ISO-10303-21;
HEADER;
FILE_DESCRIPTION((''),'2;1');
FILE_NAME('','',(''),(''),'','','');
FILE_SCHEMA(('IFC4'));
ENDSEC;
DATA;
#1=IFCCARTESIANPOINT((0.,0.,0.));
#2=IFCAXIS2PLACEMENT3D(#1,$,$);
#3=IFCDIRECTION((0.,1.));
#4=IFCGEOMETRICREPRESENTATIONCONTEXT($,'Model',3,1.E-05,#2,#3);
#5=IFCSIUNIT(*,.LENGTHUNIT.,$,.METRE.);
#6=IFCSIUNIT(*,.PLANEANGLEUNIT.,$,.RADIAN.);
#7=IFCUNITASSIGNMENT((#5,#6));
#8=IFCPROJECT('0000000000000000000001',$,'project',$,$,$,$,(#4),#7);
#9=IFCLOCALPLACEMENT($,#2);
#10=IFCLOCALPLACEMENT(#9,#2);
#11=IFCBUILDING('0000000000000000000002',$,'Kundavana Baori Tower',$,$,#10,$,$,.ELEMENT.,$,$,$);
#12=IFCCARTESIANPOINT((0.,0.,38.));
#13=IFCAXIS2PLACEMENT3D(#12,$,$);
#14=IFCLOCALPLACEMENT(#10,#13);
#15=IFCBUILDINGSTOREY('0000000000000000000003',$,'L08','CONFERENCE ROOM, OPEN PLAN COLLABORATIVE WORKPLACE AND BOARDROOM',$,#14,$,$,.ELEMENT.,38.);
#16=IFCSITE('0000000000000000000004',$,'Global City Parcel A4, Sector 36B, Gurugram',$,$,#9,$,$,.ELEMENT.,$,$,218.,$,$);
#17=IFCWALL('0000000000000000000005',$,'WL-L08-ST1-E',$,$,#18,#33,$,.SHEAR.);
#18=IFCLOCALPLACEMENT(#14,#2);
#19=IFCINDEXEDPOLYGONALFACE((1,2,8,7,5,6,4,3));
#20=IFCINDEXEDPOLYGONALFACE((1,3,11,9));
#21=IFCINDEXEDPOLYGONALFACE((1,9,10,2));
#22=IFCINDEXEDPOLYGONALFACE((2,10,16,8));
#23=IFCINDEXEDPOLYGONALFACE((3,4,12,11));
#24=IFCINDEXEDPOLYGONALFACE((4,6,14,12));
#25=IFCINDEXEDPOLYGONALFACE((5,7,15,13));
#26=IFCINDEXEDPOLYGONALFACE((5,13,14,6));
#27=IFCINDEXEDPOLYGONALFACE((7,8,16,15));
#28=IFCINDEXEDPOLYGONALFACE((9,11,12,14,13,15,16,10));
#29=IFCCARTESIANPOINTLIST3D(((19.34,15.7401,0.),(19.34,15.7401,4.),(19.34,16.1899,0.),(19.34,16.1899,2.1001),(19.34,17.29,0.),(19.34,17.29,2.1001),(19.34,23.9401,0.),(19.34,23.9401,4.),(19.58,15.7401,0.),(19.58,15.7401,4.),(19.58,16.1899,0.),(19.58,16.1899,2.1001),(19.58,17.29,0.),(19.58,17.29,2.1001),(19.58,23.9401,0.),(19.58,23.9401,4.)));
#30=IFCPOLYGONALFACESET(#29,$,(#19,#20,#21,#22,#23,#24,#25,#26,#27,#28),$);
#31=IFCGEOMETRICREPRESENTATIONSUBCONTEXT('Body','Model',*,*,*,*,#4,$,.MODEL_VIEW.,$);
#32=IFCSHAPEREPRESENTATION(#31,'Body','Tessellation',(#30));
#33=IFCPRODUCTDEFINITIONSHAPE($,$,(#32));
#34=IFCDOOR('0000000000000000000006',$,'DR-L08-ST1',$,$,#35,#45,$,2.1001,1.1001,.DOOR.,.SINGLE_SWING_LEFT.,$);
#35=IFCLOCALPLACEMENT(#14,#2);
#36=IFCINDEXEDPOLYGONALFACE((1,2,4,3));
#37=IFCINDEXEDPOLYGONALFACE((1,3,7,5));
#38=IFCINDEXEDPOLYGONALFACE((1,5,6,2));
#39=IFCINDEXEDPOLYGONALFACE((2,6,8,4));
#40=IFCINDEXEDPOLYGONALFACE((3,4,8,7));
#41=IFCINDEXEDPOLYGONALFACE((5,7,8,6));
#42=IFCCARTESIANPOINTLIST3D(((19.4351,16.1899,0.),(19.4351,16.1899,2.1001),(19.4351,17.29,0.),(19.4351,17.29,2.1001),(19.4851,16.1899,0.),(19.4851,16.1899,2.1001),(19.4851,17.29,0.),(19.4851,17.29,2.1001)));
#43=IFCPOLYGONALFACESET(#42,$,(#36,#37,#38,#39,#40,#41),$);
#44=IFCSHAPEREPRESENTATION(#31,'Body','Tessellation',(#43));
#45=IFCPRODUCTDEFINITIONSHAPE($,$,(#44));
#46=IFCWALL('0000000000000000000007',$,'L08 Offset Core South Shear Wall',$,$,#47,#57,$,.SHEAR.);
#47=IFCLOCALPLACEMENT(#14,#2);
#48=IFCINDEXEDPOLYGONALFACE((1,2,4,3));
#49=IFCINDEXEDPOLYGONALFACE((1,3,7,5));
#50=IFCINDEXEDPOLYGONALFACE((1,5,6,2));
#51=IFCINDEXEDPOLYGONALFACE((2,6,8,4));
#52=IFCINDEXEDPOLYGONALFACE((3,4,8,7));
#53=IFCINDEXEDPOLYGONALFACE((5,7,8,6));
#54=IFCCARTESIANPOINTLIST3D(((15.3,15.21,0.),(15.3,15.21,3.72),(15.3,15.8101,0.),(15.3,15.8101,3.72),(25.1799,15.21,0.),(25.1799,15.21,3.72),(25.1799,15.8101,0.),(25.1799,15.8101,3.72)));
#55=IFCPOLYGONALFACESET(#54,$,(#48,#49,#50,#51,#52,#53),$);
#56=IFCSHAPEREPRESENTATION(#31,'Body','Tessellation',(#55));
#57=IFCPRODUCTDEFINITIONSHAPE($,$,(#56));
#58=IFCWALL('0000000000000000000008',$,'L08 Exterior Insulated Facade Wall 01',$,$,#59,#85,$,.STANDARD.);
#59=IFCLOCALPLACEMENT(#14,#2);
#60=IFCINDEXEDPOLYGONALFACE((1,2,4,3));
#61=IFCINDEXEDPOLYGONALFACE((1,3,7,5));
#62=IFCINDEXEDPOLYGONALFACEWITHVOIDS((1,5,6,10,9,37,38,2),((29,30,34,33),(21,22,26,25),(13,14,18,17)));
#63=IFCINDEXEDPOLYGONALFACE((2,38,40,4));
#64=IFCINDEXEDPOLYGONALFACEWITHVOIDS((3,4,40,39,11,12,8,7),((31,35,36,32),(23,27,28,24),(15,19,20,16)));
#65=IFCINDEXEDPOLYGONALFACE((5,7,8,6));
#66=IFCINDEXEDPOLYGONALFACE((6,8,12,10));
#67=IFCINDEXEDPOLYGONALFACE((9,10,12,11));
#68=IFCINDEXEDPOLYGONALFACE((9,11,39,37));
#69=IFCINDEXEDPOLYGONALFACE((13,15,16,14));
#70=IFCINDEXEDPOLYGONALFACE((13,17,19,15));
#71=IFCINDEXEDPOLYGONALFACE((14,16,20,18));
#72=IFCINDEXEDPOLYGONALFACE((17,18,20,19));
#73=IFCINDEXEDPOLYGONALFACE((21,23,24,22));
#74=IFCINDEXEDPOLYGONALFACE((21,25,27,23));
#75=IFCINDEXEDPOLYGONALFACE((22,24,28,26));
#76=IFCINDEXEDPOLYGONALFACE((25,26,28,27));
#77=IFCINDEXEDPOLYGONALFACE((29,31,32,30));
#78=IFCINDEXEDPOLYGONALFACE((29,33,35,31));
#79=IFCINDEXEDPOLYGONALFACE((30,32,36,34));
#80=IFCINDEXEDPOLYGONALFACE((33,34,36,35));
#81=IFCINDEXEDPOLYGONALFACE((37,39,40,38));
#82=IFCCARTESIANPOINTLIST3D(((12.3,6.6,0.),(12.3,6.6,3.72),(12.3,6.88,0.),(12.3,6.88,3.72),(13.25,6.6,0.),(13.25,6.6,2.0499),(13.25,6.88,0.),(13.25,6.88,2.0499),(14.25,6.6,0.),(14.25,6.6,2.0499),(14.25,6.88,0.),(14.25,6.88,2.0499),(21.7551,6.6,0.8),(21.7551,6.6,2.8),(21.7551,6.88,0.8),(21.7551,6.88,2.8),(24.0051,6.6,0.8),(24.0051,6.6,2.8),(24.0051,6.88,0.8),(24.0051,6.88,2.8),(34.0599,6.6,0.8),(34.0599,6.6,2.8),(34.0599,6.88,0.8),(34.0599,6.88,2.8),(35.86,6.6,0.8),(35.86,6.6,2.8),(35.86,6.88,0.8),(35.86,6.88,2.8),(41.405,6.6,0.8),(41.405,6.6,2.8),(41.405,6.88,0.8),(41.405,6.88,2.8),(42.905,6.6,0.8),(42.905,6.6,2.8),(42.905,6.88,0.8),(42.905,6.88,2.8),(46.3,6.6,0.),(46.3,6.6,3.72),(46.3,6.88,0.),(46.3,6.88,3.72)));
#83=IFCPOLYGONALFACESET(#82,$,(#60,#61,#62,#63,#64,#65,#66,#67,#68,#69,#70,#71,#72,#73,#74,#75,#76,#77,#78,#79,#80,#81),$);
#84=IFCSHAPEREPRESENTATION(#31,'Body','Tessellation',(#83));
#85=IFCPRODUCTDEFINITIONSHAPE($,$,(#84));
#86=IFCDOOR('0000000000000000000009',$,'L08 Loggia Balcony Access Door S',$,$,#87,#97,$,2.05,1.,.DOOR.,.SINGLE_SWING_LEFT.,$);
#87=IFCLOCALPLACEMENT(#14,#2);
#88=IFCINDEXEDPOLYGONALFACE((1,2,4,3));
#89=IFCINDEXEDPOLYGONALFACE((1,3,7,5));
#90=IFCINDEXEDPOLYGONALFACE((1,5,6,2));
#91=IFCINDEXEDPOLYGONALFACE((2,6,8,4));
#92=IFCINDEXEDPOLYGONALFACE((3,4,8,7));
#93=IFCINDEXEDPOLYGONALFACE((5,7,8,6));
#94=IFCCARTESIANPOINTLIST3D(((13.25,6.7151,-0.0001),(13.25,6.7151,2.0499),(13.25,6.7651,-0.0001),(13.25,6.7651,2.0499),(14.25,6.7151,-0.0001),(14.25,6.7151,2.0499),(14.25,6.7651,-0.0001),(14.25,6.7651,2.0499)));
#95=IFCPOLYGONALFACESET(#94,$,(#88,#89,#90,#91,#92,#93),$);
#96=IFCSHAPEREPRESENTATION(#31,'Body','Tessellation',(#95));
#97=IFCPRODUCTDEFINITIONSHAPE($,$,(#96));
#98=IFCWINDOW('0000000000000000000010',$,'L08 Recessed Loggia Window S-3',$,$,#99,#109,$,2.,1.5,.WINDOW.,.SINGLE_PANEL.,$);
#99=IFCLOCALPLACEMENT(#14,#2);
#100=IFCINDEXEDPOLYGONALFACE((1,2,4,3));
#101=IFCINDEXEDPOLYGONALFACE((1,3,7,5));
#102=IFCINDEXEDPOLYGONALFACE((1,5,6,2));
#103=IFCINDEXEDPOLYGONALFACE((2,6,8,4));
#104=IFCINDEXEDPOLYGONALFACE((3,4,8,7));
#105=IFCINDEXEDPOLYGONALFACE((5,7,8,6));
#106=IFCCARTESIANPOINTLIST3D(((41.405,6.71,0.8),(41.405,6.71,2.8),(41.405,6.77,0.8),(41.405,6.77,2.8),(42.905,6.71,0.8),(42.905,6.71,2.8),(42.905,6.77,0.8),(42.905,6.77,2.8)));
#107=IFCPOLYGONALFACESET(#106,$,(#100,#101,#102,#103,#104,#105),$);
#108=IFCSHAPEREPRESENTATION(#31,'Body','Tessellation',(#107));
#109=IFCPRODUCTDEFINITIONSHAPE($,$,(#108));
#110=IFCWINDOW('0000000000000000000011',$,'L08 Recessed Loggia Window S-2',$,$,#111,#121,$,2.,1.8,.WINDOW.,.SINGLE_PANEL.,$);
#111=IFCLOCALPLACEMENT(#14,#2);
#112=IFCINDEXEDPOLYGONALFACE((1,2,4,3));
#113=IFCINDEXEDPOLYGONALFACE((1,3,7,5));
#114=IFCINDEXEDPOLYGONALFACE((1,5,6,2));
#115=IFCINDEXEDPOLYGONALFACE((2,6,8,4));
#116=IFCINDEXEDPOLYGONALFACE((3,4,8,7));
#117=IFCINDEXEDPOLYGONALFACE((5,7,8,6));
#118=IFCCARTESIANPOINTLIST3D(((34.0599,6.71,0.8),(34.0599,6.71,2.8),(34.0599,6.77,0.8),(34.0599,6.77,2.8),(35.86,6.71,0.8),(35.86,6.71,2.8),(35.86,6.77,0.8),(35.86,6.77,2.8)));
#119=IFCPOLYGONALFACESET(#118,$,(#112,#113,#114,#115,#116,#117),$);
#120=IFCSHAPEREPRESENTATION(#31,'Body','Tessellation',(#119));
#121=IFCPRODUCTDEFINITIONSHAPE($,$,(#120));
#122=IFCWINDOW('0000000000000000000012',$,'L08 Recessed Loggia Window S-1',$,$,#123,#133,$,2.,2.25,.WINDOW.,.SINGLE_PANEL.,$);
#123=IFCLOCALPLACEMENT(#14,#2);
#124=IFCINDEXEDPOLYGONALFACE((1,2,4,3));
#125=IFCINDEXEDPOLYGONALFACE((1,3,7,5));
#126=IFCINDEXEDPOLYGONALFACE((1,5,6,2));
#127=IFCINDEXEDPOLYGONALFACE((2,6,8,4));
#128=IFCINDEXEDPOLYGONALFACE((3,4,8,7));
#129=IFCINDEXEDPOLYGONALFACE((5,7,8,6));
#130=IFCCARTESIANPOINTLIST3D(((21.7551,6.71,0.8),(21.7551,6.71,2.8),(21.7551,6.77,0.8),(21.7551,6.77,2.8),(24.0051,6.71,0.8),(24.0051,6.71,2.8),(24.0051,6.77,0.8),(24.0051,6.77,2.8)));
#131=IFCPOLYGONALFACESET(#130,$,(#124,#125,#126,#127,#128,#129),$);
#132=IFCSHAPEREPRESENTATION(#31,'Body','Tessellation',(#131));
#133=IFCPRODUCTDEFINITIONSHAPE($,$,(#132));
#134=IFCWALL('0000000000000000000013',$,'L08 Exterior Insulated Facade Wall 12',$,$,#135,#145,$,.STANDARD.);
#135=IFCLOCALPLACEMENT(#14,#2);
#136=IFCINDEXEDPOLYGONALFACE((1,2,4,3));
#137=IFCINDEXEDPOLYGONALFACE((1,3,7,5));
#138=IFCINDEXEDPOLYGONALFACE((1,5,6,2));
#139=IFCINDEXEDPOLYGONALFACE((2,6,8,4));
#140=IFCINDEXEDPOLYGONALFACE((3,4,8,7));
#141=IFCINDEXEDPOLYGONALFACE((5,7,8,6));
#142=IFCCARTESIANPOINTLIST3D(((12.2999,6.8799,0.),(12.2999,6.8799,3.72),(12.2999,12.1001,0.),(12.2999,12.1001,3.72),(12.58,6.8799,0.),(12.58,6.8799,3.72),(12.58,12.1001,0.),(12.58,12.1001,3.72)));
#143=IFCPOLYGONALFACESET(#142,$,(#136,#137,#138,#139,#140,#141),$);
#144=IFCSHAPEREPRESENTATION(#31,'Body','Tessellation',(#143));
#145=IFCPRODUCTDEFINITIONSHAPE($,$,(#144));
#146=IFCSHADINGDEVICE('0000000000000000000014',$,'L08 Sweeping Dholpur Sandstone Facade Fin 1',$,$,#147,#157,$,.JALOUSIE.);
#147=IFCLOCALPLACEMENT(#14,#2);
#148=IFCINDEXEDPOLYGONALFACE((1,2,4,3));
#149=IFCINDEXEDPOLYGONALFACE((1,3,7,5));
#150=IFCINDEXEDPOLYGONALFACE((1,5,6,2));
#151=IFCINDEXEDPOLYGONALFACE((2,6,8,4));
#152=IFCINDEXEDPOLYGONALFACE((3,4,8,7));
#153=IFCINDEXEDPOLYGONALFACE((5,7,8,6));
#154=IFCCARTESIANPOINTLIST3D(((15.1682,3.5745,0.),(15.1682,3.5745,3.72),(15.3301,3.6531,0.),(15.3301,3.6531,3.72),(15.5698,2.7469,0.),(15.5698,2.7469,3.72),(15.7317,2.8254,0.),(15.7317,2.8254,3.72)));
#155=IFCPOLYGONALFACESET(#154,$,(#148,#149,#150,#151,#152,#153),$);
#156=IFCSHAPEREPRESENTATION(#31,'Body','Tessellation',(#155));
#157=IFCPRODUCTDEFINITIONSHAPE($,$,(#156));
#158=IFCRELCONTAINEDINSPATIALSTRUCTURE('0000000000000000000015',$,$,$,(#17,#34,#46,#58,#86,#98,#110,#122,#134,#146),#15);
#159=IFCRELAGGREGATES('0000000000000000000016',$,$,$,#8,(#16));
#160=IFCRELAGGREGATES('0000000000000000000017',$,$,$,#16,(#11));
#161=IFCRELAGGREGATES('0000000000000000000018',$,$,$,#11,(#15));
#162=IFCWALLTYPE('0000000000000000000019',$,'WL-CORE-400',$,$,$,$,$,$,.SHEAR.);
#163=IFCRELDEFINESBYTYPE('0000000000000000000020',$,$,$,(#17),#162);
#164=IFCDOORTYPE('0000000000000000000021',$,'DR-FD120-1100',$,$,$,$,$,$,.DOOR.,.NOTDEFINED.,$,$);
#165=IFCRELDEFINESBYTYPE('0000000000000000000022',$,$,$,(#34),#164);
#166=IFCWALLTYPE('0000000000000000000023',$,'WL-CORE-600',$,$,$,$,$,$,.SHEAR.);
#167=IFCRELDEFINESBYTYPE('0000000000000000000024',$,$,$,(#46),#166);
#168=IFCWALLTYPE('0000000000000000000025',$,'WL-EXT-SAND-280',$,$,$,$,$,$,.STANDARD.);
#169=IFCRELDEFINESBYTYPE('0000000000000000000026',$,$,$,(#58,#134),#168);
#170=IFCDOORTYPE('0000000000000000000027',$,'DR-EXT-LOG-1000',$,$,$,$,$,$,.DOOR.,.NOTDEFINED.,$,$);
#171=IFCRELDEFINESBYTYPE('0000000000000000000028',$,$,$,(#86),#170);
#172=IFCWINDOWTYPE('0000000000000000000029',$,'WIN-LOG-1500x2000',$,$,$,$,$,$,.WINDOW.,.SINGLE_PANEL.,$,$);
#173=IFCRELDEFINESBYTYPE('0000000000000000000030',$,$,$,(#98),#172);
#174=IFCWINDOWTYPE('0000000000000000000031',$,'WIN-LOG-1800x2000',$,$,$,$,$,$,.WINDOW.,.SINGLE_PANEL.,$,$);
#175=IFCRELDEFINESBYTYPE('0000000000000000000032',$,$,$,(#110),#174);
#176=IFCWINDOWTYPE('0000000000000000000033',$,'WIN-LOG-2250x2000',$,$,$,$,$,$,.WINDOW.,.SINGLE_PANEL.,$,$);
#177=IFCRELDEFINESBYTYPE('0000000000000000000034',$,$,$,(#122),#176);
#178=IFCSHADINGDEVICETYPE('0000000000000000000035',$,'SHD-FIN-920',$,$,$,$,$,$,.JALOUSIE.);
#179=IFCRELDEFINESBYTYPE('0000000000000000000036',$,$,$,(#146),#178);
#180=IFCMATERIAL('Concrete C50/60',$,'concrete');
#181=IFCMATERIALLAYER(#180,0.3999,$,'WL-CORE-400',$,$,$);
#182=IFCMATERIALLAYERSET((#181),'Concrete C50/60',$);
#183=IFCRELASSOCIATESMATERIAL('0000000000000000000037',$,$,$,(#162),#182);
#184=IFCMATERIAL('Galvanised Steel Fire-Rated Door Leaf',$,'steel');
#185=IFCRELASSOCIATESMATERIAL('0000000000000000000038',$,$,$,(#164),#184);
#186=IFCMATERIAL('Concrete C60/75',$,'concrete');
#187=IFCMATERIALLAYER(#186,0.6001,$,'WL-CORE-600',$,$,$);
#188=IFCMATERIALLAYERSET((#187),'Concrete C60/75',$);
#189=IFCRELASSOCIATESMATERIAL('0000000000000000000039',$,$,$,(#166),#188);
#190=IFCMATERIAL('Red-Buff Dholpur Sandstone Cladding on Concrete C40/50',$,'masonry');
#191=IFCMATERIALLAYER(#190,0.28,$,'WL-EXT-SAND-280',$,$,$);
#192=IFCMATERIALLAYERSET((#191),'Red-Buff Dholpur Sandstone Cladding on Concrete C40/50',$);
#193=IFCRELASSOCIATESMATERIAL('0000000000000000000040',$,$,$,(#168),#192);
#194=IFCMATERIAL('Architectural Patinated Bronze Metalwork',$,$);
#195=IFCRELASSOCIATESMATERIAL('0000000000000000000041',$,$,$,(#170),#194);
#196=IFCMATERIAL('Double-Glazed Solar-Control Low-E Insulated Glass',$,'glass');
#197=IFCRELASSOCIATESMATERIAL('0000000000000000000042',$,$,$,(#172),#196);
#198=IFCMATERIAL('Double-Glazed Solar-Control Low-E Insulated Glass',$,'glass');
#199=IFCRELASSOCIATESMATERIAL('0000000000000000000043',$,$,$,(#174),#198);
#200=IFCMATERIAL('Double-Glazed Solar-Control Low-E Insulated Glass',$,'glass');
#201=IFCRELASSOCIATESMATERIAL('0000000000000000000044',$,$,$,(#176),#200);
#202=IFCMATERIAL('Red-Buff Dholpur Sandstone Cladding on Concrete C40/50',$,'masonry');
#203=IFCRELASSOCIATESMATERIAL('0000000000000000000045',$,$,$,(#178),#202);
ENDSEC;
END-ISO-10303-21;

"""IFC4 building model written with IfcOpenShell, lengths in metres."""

from ifc_helpers import new_model, si_unit, direction, frame, frame_2d, origin, origin_2d, place, context, subcontext, project, spatial, rectangle, extrude, material, layer, layer_set, type_object, element, fill, save


model = new_model("IFC4")

# Units and contexts
model_context = context("Model", 3, precision=1e-05, world=origin(), true_north=direction((0.0, 1.0)))
body_context = subcontext(model_context, "Body", "Model", "MODEL_VIEW")
ifc_project = project(units=[si_unit("LENGTHUNIT", "METRE"), si_unit("PLANEANGLEUNIT", "RADIAN")], contexts=[model_context])

# Site, building, storey
site_placement = place(None, origin())
site = spatial("IfcSite", under=ifc_project, at=site_placement, Name="Global City Parcel A4, Sector 36B, Gurugram", CompositionType="ELEMENT", RefElevation=218.0)
building_placement = place(site_placement, origin())
building = spatial("IfcBuilding", under=site, at=building_placement, Name="Kundavana Baori Tower", CompositionType="ELEMENT")
storey_placement = place(building_placement, frame((0.0, 0.0, 38.0)))
storey = spatial("IfcBuildingStorey", under=building, at=storey_placement, Name="L08", Description="CONFERENCE ROOM, OPEN PLAN COLLABORATIVE WORKPLACE AND BOARDROOM", CompositionType="ELEMENT", Elevation=38.0)

# Wall, opening, door
ifc_material_1 = material(Name="Concrete C50/60", Category="concrete")
ifc_layer_1 = layer(ifc_material_1, 0.3999, Name="WL-CORE-400")
ifc_layer_set_1 = layer_set([ifc_layer_1], Name="Concrete C50/60")
wall_type_1 = type_object("IfcWallType", Name="WL-CORE-400", PredefinedType="SHEAR", material=ifc_layer_set_1)
wall_1_placement = place(storey_placement, frame((19.46, 15.74, 0.0), z_axis=(0.0, 0.0, 1.0), x_axis=(0.0, 1.0, 0.0)))
wall_1 = element("IfcWall", 1, at=wall_1_placement, inside=storey, type_object=wall_type_1, Name="WL-L08-ST1-E", PredefinedType="SHEAR", context=body_context, shape_type="SweptSolid", body=[
    extrude(rectangle(XDim=8.2, YDim=0.24, at=frame_2d((4.1001, 0.0))), origin(), (0.0, 0.0, 1.0), 4.0),
])
opening_1_placement = place(wall_1_placement, frame((0.45, 0.0, 0.0)))
opening_1 = element("IfcOpeningElement", 2, at=opening_1_placement, cuts=wall_1, PredefinedType="OPENING", context=body_context, shape_type="SweptSolid", body=[
    extrude(rectangle(XDim=1.1001, YDim=2.1001, at=frame_2d((0.55, 1.05))), frame((0.0, 0.1299, 0.0), z_axis=(0.0, -1.0, 0.0), x_axis=(1.0, 0.0, 0.0)), (0.0, 0.0, 1.0), 0.26),
])
ifc_material_2 = material(Name="Galvanised Steel Fire-Rated Door Leaf", Category="steel")
door_type_1 = type_object("IfcDoorType", Name="DR-FD120-1100", OperationType="NOTDEFINED", PredefinedType="DOOR", material=ifc_material_2)
door_1_placement = place(opening_1_placement, origin())
door_1 = element("IfcDoor", 3, at=door_1_placement, inside=storey, type_object=door_type_1, Name="DR-L08-ST1", OperationType="SINGLE_SWING_LEFT", OverallHeight=2.1001, OverallWidth=1.1001, PredefinedType="DOOR", context=body_context, shape_type="SweptSolid", body=[
    extrude(rectangle(XDim=1.1001, YDim=2.1001, at=frame_2d((0.55, 1.05))), frame((0.0, 0.0249, 0.0), z_axis=(0.0, -1.0, 0.0), x_axis=(1.0, 0.0, 0.0)), (0.0, 0.0, 1.0), 0.05),
])
fill(opening_1, door_1)

# Wall
ifc_material_3 = material(Name="Concrete C60/75", Category="concrete")
ifc_layer_2 = layer(ifc_material_3, 0.6001, Name="WL-CORE-600")
ifc_layer_set_2 = layer_set([ifc_layer_2], Name="Concrete C60/75")
wall_type_2 = type_object("IfcWallType", Name="WL-CORE-600", PredefinedType="SHEAR", material=ifc_layer_set_2)
wall_2_placement = place(storey_placement, frame((15.3, 15.51, 0.0), z_axis=(0.0, 0.0, 1.0), x_axis=(1.0, 0.0, 0.0)))
element("IfcWall", 4, at=wall_2_placement, inside=storey, type_object=wall_type_2, Name="L08 Offset Core South Shear Wall", PredefinedType="SHEAR", context=body_context, shape_type="SweptSolid", body=[
    extrude(rectangle(XDim=9.8799, YDim=0.6001, at=frame_2d((4.9399, 0.0))), origin(), (0.0, 0.0, 1.0), 3.72),
])

# Wall, openings, door, windows
ifc_material_4 = material(Name="Red-Buff Dholpur Sandstone Cladding on Concrete C40/50", Category="masonry")
ifc_layer_3 = layer(ifc_material_4, 0.28, Name="WL-EXT-SAND-280")
ifc_layer_set_3 = layer_set([ifc_layer_3], Name="Red-Buff Dholpur Sandstone Cladding on Concrete C40/50")
wall_type_3 = type_object("IfcWallType", Name="WL-EXT-SAND-280", PredefinedType="STANDARD", material=ifc_layer_set_3)
wall_3_placement = place(storey_placement, frame((12.3, 6.74, 0.0), z_axis=(0.0, 0.0, 1.0), x_axis=(1.0, 0.0, 0.0)))
wall_3 = element("IfcWall", 5, at=wall_3_placement, inside=storey, type_object=wall_type_3, Name="L08 Exterior Insulated Facade Wall 01", PredefinedType="STANDARD", context=body_context, shape_type="SweptSolid", body=[
    extrude(rectangle(XDim=34.0, YDim=0.28, at=frame_2d((17.0, 0.0))), origin(), (0.0, 0.0, 1.0), 3.72),
])
opening_2_placement = place(wall_3_placement, frame((0.95, 0.0, 0.0)))
opening_2 = element("IfcOpeningElement", 6, at=opening_2_placement, cuts=wall_3, PredefinedType="OPENING", context=body_context, shape_type="SweptSolid", body=[
    extrude(rectangle(XDim=1.0, YDim=2.05, at=frame_2d((0.5, 1.0249))), frame((0.0, 0.1499, 0.0), z_axis=(0.0, -1.0, 0.0), x_axis=(1.0, 0.0, 0.0)), (0.0, 0.0, 1.0), 0.3),
])
opening_3_placement = place(wall_3_placement, frame((9.4551, 0.0, 0.8)))
opening_3 = element("IfcOpeningElement", 7, at=opening_3_placement, cuts=wall_3, PredefinedType="OPENING", context=body_context, shape_type="SweptSolid", body=[
    extrude(rectangle(XDim=2.25, YDim=2.0, at=frame_2d((1.125, 1.0))), frame((0.0, 0.1499, 0.0), z_axis=(0.0, -1.0, 0.0), x_axis=(1.0, 0.0, 0.0)), (0.0, 0.0, 1.0), 0.3),
])
opening_4_placement = place(wall_3_placement, frame((21.76, 0.0, 0.8)))
opening_4 = element("IfcOpeningElement", 8, at=opening_4_placement, cuts=wall_3, PredefinedType="OPENING", context=body_context, shape_type="SweptSolid", body=[
    extrude(rectangle(XDim=1.8, YDim=2.0, at=frame_2d((0.8999, 1.0))), frame((0.0, 0.1499, 0.0), z_axis=(0.0, -1.0, 0.0), x_axis=(1.0, 0.0, 0.0)), (0.0, 0.0, 1.0), 0.3),
])
opening_5_placement = place(wall_3_placement, frame((29.105, 0.0, 0.8)))
opening_5 = element("IfcOpeningElement", 9, at=opening_5_placement, cuts=wall_3, PredefinedType="OPENING", context=body_context, shape_type="SweptSolid", body=[
    extrude(rectangle(XDim=1.5, YDim=2.0, at=frame_2d((0.75, 1.0))), frame((0.0, 0.1499, 0.0), z_axis=(0.0, -1.0, 0.0), x_axis=(1.0, 0.0, 0.0)), (0.0, 0.0, 1.0), 0.3),
])
ifc_material_5 = material(Name="Architectural Patinated Bronze Metalwork")
door_type_2 = type_object("IfcDoorType", Name="DR-EXT-LOG-1000", OperationType="NOTDEFINED", PredefinedType="DOOR", material=ifc_material_5)
door_2_placement = place(opening_2_placement, frame((1.0, 0.0, 0.0), z_axis=(0.0, 0.0, 1.0), x_axis=(-1.0, 0.0, 0.0)))
door_2 = element("IfcDoor", 10, at=door_2_placement, inside=storey, type_object=door_type_2, Name="L08 Loggia Balcony Access Door S", OperationType="SINGLE_SWING_LEFT", OverallHeight=2.05, OverallWidth=1.0, PredefinedType="DOOR", context=body_context, shape_type="SweptSolid", body=[
    extrude(rectangle(XDim=1.0, YDim=2.05, at=frame_2d((0.5, 1.0249))), frame((0.0, 0.0249, 0.0), z_axis=(0.0, -1.0, 0.0), x_axis=(1.0, 0.0, 0.0)), (0.0, 0.0, 1.0), 0.05),
])
fill(opening_2, door_2)
ifc_material_6 = material(Name="Double-Glazed Solar-Control Low-E Insulated Glass", Category="glass")
window_type_1 = type_object("IfcWindowType", Name="WIN-LOG-1500x2000", PartitioningType="SINGLE_PANEL", PredefinedType="WINDOW", material=ifc_material_6)
window_1_placement = place(opening_5_placement, origin())
window_1 = element("IfcWindow", 11, at=window_1_placement, inside=storey, type_object=window_type_1, Name="L08 Recessed Loggia Window S-3", OverallHeight=2.0, OverallWidth=1.5, PartitioningType="SINGLE_PANEL", PredefinedType="WINDOW", context=body_context, shape_type="SweptSolid", body=[
    extrude(rectangle(XDim=1.5, YDim=2.0, at=frame_2d((0.75, 1.0))), frame((0.0, 0.03, 0.0), z_axis=(0.0, -1.0, 0.0), x_axis=(1.0, 0.0, 0.0)), (0.0, 0.0, 1.0), 0.0601),
])
fill(opening_5, window_1)
ifc_material_7 = material(Name="Double-Glazed Solar-Control Low-E Insulated Glass", Category="glass")
window_type_2 = type_object("IfcWindowType", Name="WIN-LOG-1800x2000", PartitioningType="SINGLE_PANEL", PredefinedType="WINDOW", material=ifc_material_7)
window_2_placement = place(opening_4_placement, origin())
window_2 = element("IfcWindow", 12, at=window_2_placement, inside=storey, type_object=window_type_2, Name="L08 Recessed Loggia Window S-2", OverallHeight=2.0, OverallWidth=1.8, PartitioningType="SINGLE_PANEL", PredefinedType="WINDOW", context=body_context, shape_type="SweptSolid", body=[
    extrude(rectangle(XDim=1.8, YDim=2.0, at=frame_2d((0.8999, 1.0))), frame((0.0, 0.03, 0.0), z_axis=(0.0, -1.0, 0.0), x_axis=(1.0, 0.0, 0.0)), (0.0, 0.0, 1.0), 0.0601),
])
fill(opening_4, window_2)
ifc_material_8 = material(Name="Double-Glazed Solar-Control Low-E Insulated Glass", Category="glass")
window_type_3 = type_object("IfcWindowType", Name="WIN-LOG-2250x2000", PartitioningType="SINGLE_PANEL", PredefinedType="WINDOW", material=ifc_material_8)
window_3_placement = place(opening_3_placement, origin())
window_3 = element("IfcWindow", 13, at=window_3_placement, inside=storey, type_object=window_type_3, Name="L08 Recessed Loggia Window S-1", OverallHeight=2.0, OverallWidth=2.25, PartitioningType="SINGLE_PANEL", PredefinedType="WINDOW", context=body_context, shape_type="SweptSolid", body=[
    extrude(rectangle(XDim=2.25, YDim=2.0, at=frame_2d((1.125, 1.0))), frame((0.0, 0.03, 0.0), z_axis=(0.0, -1.0, 0.0), x_axis=(1.0, 0.0, 0.0)), (0.0, 0.0, 1.0), 0.0601),
])
fill(opening_3, window_3)

# Wall
wall_4_placement = place(storey_placement, frame((12.4399, 12.1001, 0.0), z_axis=(0.0, 0.0, 1.0), x_axis=(0.0, -1.0, 0.0)))
element("IfcWall", 14, at=wall_4_placement, inside=storey, type_object=wall_type_3, Name="L08 Exterior Insulated Facade Wall 12", PredefinedType="STANDARD", context=body_context, shape_type="SweptSolid", body=[
    extrude(rectangle(XDim=5.2202, YDim=0.28, at=frame_2d((2.6101, 0.0))), origin(), (0.0, 0.0, 1.0), 3.72),
])

# Shading device
ifc_material_9 = material(Name="Red-Buff Dholpur Sandstone Cladding on Concrete C40/50", Category="masonry")
shading_device_type = type_object("IfcShadingDeviceType", Name="SHD-FIN-920", PredefinedType="JALOUSIE", material=ifc_material_9)
shading_device_placement = place(storey_placement, frame((15.45, 3.2, 0.0), z_axis=(0.0, 0.0, 1.0), x_axis=(0.89971, 0.436488, 0.0)))
element("IfcShadingDevice", 15, at=shading_device_placement, inside=storey, type_object=shading_device_type, Name="L08 Sweeping Dholpur Sandstone Facade Fin 1", PredefinedType="JALOUSIE", context=body_context, shape_type="SweptSolid", body=[
    extrude(rectangle(XDim=0.1799, YDim=0.9199, at=origin_2d()), origin(), (0.0, 0.0, 1.0), 3.72),
])

save(model, "model.ifc")
